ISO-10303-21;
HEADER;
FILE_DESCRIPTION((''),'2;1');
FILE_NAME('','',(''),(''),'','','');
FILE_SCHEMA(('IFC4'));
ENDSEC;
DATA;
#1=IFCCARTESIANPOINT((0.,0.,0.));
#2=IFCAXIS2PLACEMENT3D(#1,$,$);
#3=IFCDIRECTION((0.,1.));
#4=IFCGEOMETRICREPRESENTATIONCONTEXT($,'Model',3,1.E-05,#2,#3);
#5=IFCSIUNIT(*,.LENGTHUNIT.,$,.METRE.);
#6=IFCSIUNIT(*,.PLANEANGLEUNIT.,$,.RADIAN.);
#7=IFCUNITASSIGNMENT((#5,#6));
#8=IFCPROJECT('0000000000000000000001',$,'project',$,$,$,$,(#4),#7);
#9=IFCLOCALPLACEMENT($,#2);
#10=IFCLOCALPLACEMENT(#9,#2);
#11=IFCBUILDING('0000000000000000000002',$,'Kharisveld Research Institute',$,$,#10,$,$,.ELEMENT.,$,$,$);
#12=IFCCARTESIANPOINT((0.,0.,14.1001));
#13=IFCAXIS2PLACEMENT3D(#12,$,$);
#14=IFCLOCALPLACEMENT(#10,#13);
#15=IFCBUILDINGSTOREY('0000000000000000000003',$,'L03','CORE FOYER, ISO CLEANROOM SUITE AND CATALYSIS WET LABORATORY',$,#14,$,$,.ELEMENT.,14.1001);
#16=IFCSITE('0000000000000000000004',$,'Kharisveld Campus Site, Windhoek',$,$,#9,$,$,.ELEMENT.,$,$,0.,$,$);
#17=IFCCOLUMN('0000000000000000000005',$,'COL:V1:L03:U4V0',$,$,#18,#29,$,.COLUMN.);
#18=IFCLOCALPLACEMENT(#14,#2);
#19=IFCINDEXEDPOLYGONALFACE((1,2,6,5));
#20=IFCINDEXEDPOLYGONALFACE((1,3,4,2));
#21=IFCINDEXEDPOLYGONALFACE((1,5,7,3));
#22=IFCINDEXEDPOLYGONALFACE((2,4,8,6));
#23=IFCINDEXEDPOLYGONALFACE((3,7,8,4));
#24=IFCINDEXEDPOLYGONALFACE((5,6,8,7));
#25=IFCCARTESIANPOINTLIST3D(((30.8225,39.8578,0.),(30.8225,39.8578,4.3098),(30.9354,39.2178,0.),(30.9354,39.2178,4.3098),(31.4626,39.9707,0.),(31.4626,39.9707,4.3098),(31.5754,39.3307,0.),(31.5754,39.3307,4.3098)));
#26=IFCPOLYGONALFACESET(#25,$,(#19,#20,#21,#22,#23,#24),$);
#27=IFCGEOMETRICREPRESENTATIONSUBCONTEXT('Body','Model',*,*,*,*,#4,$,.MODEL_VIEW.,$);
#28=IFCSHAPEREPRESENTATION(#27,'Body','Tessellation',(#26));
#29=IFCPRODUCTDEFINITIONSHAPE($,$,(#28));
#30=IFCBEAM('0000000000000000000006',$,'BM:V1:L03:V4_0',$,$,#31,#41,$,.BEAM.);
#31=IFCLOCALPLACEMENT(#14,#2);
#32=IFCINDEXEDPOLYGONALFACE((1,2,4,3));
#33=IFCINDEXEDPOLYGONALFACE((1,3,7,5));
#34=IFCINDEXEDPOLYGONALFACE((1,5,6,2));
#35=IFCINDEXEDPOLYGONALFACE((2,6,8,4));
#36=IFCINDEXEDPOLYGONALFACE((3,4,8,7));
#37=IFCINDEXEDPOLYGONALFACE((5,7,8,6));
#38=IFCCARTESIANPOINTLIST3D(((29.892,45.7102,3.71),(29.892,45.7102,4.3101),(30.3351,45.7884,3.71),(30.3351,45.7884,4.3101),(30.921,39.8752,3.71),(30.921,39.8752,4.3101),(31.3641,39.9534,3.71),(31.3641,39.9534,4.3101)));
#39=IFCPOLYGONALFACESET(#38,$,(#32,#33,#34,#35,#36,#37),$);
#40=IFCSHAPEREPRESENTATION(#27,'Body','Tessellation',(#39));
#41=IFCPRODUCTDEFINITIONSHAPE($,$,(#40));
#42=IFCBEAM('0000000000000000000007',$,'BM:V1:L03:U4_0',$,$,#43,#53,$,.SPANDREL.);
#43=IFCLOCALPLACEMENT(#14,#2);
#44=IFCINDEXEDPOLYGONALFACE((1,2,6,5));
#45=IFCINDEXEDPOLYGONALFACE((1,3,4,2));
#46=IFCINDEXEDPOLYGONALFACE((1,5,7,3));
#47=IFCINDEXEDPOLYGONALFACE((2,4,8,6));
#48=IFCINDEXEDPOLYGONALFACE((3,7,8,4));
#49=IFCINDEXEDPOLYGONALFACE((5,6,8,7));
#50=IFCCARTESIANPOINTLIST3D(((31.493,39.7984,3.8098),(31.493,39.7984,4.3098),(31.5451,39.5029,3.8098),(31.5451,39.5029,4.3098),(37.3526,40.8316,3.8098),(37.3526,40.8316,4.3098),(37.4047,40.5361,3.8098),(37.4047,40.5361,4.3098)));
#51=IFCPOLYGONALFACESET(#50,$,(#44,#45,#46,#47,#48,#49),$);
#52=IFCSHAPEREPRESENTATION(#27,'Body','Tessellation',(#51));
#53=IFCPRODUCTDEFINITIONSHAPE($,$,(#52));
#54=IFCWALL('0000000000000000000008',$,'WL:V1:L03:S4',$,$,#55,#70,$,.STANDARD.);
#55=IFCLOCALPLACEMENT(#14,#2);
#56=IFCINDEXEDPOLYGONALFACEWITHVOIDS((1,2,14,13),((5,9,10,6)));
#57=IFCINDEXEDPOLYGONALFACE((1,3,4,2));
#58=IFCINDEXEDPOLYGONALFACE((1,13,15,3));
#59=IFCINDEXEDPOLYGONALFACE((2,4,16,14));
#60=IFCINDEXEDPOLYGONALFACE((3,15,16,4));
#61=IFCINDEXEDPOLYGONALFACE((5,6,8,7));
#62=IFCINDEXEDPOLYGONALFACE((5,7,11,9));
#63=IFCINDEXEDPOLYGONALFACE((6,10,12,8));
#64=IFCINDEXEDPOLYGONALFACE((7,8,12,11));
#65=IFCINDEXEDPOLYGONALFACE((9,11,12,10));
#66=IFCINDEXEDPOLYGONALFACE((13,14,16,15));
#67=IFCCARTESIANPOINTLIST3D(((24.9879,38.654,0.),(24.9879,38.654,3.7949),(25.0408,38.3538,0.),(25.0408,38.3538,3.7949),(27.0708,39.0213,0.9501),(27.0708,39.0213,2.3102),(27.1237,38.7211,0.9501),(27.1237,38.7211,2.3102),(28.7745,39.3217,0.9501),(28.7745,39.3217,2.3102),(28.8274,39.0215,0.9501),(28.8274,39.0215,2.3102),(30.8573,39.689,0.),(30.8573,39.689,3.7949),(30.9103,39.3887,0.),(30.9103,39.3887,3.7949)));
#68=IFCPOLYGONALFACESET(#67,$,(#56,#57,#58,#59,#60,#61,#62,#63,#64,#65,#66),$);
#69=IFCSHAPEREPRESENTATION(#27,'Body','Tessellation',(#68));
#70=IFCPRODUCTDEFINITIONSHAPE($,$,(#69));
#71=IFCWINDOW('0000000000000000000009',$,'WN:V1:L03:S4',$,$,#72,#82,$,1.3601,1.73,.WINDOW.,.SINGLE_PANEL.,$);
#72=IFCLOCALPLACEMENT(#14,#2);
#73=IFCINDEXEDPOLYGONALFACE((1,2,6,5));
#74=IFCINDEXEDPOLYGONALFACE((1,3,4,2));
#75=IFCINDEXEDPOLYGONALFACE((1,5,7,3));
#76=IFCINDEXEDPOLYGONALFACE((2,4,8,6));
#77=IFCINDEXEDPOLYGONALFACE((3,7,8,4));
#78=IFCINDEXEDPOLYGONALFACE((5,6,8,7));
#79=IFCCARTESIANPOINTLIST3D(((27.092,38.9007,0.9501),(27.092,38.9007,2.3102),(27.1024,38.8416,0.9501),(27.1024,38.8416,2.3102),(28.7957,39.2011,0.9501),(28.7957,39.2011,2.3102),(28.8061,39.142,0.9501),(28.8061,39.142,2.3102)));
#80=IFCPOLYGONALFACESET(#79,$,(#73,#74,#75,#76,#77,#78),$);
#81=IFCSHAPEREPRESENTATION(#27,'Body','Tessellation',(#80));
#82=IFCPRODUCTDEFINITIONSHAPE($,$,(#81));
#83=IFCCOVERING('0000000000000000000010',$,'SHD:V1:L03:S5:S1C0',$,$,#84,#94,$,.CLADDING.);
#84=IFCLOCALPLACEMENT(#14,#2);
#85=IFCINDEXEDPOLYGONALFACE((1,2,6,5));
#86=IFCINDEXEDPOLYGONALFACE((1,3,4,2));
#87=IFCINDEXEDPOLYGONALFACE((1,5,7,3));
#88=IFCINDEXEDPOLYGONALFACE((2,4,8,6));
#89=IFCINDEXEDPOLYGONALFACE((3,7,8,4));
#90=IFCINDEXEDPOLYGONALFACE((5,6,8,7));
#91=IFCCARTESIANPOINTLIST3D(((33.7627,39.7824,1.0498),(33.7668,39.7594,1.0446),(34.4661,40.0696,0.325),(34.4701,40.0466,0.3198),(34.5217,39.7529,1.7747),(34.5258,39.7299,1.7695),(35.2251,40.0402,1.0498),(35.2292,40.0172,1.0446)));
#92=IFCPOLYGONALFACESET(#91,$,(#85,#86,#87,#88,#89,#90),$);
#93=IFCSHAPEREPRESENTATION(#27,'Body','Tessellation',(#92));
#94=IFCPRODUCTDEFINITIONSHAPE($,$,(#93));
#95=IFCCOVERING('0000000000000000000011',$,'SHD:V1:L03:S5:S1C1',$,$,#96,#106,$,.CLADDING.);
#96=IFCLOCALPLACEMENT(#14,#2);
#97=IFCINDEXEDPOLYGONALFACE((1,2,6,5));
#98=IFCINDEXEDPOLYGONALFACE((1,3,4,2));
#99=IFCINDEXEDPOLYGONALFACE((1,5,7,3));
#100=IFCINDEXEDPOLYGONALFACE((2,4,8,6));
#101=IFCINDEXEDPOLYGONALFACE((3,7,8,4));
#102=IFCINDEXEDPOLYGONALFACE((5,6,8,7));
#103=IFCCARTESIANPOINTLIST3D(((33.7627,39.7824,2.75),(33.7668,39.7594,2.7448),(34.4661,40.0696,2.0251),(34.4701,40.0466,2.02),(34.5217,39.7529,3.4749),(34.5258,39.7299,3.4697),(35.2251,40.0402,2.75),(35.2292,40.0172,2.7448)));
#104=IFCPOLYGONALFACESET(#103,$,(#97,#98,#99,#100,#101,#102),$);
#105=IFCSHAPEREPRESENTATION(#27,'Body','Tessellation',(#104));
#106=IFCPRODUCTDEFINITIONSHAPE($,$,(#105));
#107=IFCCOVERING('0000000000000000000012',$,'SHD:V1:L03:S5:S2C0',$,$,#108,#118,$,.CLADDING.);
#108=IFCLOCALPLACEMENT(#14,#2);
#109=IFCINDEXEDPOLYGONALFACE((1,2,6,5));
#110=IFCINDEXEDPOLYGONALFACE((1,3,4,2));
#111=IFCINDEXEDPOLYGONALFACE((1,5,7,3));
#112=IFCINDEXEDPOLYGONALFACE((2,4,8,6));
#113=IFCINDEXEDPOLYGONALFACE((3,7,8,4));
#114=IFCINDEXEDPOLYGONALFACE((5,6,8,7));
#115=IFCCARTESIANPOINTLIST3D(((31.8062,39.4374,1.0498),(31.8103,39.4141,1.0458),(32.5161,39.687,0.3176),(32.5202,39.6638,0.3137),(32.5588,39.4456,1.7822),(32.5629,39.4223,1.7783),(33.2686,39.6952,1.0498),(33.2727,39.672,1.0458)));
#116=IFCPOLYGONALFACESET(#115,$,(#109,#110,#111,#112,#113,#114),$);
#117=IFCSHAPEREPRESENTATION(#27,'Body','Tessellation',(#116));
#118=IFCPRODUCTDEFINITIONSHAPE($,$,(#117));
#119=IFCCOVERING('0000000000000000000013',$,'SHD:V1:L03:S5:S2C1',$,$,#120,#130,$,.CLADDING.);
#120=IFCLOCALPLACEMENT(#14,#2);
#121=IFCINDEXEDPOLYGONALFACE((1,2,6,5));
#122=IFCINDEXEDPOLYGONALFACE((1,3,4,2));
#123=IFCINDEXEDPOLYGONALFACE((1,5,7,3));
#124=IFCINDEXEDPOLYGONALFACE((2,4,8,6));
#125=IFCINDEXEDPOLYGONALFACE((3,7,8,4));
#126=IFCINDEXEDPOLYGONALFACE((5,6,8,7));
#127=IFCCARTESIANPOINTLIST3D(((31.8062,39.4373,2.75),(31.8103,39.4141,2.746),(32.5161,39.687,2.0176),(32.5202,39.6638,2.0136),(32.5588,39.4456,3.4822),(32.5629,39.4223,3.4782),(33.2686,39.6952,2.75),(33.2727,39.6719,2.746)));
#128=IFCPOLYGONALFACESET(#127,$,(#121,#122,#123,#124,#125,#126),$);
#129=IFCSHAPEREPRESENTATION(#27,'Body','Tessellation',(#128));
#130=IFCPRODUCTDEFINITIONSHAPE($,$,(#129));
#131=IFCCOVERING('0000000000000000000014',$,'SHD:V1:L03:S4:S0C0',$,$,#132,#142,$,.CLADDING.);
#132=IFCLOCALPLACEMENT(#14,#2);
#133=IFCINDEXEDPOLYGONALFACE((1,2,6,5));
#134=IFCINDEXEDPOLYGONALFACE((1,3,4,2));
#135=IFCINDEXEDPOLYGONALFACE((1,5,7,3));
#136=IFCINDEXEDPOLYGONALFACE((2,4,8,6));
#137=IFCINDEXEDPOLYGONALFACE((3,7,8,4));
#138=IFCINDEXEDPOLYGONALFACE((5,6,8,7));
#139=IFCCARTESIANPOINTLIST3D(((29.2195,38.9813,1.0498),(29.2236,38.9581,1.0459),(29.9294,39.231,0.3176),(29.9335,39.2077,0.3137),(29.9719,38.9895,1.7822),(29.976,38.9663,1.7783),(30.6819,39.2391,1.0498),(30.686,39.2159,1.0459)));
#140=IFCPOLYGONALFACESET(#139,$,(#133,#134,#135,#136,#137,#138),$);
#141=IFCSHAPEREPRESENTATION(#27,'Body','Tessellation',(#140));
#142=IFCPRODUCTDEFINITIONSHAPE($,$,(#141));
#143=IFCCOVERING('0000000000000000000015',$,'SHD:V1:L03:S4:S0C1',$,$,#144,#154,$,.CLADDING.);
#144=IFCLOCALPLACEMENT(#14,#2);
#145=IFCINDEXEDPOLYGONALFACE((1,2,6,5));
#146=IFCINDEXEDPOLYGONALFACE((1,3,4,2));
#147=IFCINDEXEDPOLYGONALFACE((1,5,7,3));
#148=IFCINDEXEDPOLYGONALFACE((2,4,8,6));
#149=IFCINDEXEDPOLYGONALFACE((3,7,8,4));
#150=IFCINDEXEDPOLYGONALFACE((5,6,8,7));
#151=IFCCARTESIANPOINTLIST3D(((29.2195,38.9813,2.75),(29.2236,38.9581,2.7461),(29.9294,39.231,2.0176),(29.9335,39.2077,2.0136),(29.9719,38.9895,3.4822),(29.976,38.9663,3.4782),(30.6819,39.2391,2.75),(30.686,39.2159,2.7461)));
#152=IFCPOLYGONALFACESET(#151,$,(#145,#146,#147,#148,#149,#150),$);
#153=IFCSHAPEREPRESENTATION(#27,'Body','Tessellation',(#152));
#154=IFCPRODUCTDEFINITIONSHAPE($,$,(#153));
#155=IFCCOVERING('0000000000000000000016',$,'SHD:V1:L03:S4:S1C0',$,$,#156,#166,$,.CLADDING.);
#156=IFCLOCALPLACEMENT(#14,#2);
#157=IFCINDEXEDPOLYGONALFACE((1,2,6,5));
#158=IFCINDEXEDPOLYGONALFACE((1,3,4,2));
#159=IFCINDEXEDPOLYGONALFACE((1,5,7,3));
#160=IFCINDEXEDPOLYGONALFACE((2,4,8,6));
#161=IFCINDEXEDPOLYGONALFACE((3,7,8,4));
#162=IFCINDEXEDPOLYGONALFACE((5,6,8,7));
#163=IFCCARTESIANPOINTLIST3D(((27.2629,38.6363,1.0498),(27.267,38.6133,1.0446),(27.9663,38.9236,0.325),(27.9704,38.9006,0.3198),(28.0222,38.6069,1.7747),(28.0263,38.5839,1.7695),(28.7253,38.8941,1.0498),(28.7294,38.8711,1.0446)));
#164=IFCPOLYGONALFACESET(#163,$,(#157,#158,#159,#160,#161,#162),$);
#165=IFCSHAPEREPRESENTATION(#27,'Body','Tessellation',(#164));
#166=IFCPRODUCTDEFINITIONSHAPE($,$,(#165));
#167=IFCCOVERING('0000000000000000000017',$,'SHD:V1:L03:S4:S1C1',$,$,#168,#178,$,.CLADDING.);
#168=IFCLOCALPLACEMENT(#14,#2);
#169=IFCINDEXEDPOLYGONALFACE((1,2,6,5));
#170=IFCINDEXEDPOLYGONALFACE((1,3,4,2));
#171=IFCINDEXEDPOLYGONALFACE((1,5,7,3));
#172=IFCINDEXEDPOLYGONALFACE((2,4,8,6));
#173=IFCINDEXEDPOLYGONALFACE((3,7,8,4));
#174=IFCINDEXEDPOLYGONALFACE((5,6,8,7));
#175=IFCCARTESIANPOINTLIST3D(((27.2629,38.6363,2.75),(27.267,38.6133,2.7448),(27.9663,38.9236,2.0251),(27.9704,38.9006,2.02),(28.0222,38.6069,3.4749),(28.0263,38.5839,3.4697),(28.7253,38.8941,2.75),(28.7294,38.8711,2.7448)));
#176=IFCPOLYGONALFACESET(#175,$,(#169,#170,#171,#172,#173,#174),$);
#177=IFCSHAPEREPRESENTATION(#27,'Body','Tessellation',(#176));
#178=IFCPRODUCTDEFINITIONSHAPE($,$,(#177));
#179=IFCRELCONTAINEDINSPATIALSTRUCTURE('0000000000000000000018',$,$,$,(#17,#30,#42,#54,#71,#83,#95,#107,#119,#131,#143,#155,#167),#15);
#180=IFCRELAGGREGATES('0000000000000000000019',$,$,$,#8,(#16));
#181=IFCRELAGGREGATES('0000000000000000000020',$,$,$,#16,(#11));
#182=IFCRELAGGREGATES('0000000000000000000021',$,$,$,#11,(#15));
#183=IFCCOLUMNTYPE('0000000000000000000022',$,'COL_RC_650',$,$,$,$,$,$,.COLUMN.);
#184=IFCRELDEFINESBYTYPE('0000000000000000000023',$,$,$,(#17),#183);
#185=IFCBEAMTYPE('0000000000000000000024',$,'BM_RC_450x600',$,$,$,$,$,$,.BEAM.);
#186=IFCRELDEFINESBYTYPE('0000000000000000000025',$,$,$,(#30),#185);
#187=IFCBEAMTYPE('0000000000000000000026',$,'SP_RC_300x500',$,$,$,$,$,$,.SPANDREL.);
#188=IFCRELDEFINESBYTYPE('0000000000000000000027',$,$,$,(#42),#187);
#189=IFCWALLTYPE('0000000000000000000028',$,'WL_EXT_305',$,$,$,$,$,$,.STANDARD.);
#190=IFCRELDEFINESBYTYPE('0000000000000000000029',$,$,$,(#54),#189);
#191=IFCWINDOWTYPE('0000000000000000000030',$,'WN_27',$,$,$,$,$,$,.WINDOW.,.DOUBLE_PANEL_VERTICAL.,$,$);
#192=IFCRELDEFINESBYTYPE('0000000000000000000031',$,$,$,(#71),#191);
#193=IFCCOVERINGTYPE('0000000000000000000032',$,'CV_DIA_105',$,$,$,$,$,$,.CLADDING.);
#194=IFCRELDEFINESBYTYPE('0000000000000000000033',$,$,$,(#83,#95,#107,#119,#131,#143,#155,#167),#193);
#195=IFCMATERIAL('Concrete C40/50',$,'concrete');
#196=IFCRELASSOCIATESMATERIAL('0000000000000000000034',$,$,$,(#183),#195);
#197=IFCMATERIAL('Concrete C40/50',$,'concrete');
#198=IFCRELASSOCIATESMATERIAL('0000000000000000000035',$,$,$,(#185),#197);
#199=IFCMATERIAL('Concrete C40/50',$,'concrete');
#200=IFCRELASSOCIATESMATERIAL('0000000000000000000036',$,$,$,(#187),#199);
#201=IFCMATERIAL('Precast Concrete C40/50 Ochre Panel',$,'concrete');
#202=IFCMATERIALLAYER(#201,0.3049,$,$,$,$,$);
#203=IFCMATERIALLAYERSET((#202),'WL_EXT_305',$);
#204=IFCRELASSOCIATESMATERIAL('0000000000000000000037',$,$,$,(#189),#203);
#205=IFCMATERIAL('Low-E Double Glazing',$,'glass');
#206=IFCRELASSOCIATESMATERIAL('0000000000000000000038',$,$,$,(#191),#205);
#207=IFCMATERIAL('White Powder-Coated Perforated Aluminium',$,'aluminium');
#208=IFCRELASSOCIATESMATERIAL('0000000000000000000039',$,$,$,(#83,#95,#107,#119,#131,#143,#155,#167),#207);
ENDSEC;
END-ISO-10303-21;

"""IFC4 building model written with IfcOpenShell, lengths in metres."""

from ifc_helpers import new_model, si_unit, direction, frame, frame_2d, origin, origin_2d, place, context, subcontext, project, spatial, polyline, rectangle, outline, extrude, material, layer, layer_set, material_profile, profile_set, type_object, element, fill, save


model = new_model("IFC4")

# Units and contexts
model_context = context("Model", 3, precision=1e-05, world=origin(), true_north=direction((0.0, 1.0)))
body_context = subcontext(model_context, "Body", "Model", "MODEL_VIEW")
ifc_project = project(units=[si_unit("LENGTHUNIT", "METRE"), si_unit("PLANEANGLEUNIT", "RADIAN")], contexts=[model_context])

# Site, building, storey
site_placement = place(None, origin())
site = spatial("IfcSite", under=ifc_project, at=site_placement, Name="Kharisveld Campus Site, Windhoek", CompositionType="ELEMENT", RefElevation=0.0)
building_placement = place(site_placement, origin())
building = spatial("IfcBuilding", under=site, at=building_placement, Name="Kharisveld Research Institute", CompositionType="ELEMENT")
storey_placement = place(building_placement, frame((0.0, 0.0, 14.1001)))
storey = spatial("IfcBuildingStorey", under=building, at=storey_placement, Name="L03", Description="CORE FOYER, ISO CLEANROOM SUITE AND CATALYSIS WET LABORATORY", CompositionType="ELEMENT", Elevation=14.1001)

# Column
ifc_material_1 = material(Name="Concrete C40/50", Category="concrete")
ifc_material_profile_1 = material_profile(ifc_material_1, rectangle(XDim=0.6499, YDim=0.6499, at=origin_2d()))
ifc_profile_set_1 = profile_set([ifc_material_profile_1], Name="Concrete C40/50")
column_type = type_object("IfcColumnType", Name="COL_RC_650", PredefinedType="COLUMN", material=ifc_profile_set_1)
column_placement = place(storey_placement, frame((31.199, 39.5942, 0.0), z_axis=(0.0, 0.0, 1.0), x_axis=(0.984808, 0.173648, 0.0)))
element("IfcColumn", 1, at=column_placement, inside=storey, type_object=column_type, Name="COL:V1:L03:U4V0", PredefinedType="COLUMN", context=body_context, shape_type="SweptSolid", body=[
    extrude(rectangle(XDim=0.6499, YDim=0.6499, at=origin_2d()), origin(), (0.0, 0.0, 1.0), 4.3098),
])

# Beams
ifc_material_2 = material(Name="Concrete C40/50", Category="concrete")
ifc_material_profile_2 = material_profile(ifc_material_2, rectangle(XDim=0.45, YDim=0.6001, at=origin_2d()))
ifc_profile_set_2 = profile_set([ifc_material_profile_2], Name="Concrete C40/50")
beam_type_1 = type_object("IfcBeamType", Name="BM_RC_450x600", PredefinedType="BEAM", material=ifc_profile_set_2)
beam_1_placement = place(storey_placement, frame((31.1426, 39.9143, 4.01), z_axis=(-0.17368, 0.984802, 0.0), x_axis=(-0.984802, -0.17368, 0.0)))
element("IfcBeam", 2, at=beam_1_placement, inside=storey, type_object=beam_type_1, Name="BM:V1:L03:V4_0", PredefinedType="BEAM", context=body_context, shape_type="SweptSolid", body=[
    extrude(rectangle(XDim=0.45, YDim=0.6001, at=origin_2d()), origin(), (0.0, 0.0, 1.0), 5.925),
])
ifc_material_3 = material(Name="Concrete C40/50", Category="concrete")
ifc_material_profile_3 = material_profile(ifc_material_3, rectangle(XDim=0.3, YDim=0.5, at=origin_2d()))
ifc_profile_set_3 = profile_set([ifc_material_profile_3], Name="Concrete C40/50")
beam_type_2 = type_object("IfcBeamType", Name="SP_RC_300x500", PredefinedType="SPANDREL", material=ifc_profile_set_3)
beam_2_placement = place(storey_placement, frame((31.519, 39.6506, 4.0598), z_axis=(0.984808, 0.173647, 0.0), x_axis=(-0.173647, 0.984808, 0.0)))
element("IfcBeam", 3, at=beam_2_placement, inside=storey, type_object=beam_type_2, Name="BM:V1:L03:U4_0", PredefinedType="SPANDREL", context=body_context, shape_type="SweptSolid", body=[
    extrude(rectangle(XDim=0.3, YDim=0.5, at=origin_2d()), origin(), (0.0, 0.0, 1.0), 5.95),
])

# Wall, opening, window
ifc_material_4 = material(Name="Precast Concrete C40/50 Ochre Panel", Category="concrete")
ifc_layer = layer(ifc_material_4, 0.3049)
ifc_layer_set = layer_set([ifc_layer], Name="WL_EXT_305")
wall_type = type_object("IfcWallType", Name="WL_EXT_305", PredefinedType="STANDARD", material=ifc_layer_set)
wall_placement = place(storey_placement, frame((30.8838, 39.5388, 0.0), z_axis=(0.0, 0.0, 1.0), x_axis=(-0.984808, -0.173645, 0.0)))
wall = element("IfcWall", 4, at=wall_placement, inside=storey, type_object=wall_type, Name="WL:V1:L03:S4", PredefinedType="STANDARD", context=body_context, shape_type="SweptSolid", body=[
    extrude(rectangle(XDim=5.96, YDim=0.3049, at=frame_2d((2.98, 0.0))), origin(), (0.0, 0.0, 1.0), 3.7949),
])
opening_placement = place(wall_placement, frame((2.115, 0.0, 0.95)))
opening = element("IfcOpeningElement", 5, at=opening_placement, cuts=wall, PredefinedType="OPENING", context=body_context, shape_type="SweptSolid", body=[
    extrude(rectangle(XDim=1.73, YDim=1.3601, at=frame_2d((0.865, 0.6802))), frame((0.0, 0.1523, 0.0), z_axis=(0.0, -1.0, 0.0), x_axis=(1.0, 0.0, 0.0)), (0.0, 0.0, 1.0), 0.3049),
])
ifc_material_5 = material(Name="Low-E Double Glazing", Category="glass")
window_type = type_object("IfcWindowType", Name="WN_27", PartitioningType="DOUBLE_PANEL_VERTICAL", PredefinedType="WINDOW", material=ifc_material_5)
window_placement = place(opening_placement, origin())
window = element("IfcWindow", 6, at=window_placement, inside=storey, type_object=window_type, Name="WN:V1:L03:S4", OverallHeight=1.3601, OverallWidth=1.73, PartitioningType="SINGLE_PANEL", PredefinedType="WINDOW", context=body_context, shape_type="SweptSolid", body=[
    extrude(rectangle(XDim=1.73, YDim=1.3601, at=frame_2d((0.865, 0.6802))), frame((0.0, 0.03, 0.0), z_axis=(0.0, -1.0, 0.0), x_axis=(1.0, 0.0, 0.0)), (0.0, 0.0, 1.0), 0.0601),
])
fill(opening, window)

# Coverings
ifc_material_6 = material(Name="White Powder-Coated Perforated Aluminium", Category="aluminium")
covering_type = type_object("IfcCoveringType", Name="CV_DIA_105", PredefinedType="CLADDING")
for number, where, z_axis, x_axis, name in (
    (7, (34.4661, 40.0696, 0.325), (-0.169498, 0.961453, 0.216512), (-0.669834, -0.273536, 0.69029), "SHD:V1:L03:S5:S1C0"),
    (8, (34.4661, 40.0696, 2.0251), (-0.169498, 0.961453, 0.216512), (-0.669834, -0.273536, 0.69029), "SHD:V1:L03:S5:S1C1"),
):
    element("IfcCovering", number, at=place(storey_placement, frame(where, z_axis=z_axis, x_axis=x_axis)), inside=storey, type_object=covering_type, material=ifc_material_6, Name=name, PredefinedType="CLADDING", context=body_context, shape_type="SweptSolid", body=[
        extrude(outline(polyline([(0.0, 0.0), (1.05, 0.0), (1.05, 1.05), (-0.0001, 1.05), (0.0, 0.0)])), origin(), (0.0, 0.0, -1.0), 0.0239),
    ])
covering_1_placement = place(storey_placement, frame((32.5161, 39.687, 0.3176), z_axis=(-0.171233, 0.971295, 0.165124), x_axis=(-0.676169, -0.237753, 0.69733)))
element("IfcCovering", 9, at=covering_1_placement, inside=storey, type_object=covering_type, material=ifc_material_6, Name="SHD:V1:L03:S5:S2C0", PredefinedType="CLADDING", context=body_context, shape_type="SweptSolid", body=[
    extrude(outline(polyline([(0.0, 0.0), (1.0499, 0.0), (1.0498, 1.0503), (-0.0002, 1.0499), (0.0, 0.0)])), origin(), (0.0, 0.0, -1.0), 0.0239),
])
covering_2_placement = place(storey_placement, frame((32.5161, 39.687, 2.0176), z_axis=(-0.171233, 0.971295, 0.165124), x_axis=(-0.676053, -0.237752, 0.697443)))
element("IfcCovering", 10, at=covering_2_placement, inside=storey, type_object=covering_type, material=ifc_material_6, Name="SHD:V1:L03:S5:S2C1", PredefinedType="CLADDING", context=body_context, shape_type="SweptSolid", body=[
    extrude(outline(polyline([(0.0, 0.0), (1.0501, 0.0), (1.05, 1.0501), (0.0002, 1.0501), (0.0, 0.0)])), origin(), (0.0, 0.0, -1.0), 0.0239),
])
covering_3_placement = place(storey_placement, frame((29.9294, 39.231, 0.3176), z_axis=(-0.171234, 0.971299, 0.165096), x_axis=(-0.676174, -0.237734, 0.697332)))
element("IfcCovering", 11, at=covering_3_placement, inside=storey, type_object=covering_type, material=ifc_material_6, Name="SHD:V1:L03:S4:S0C0", PredefinedType="CLADDING", context=body_context, shape_type="SweptSolid", body=[
    extrude(outline(polyline([(0.0, 0.0), (1.05, 0.0), (1.05, 1.0501), (-0.0001, 1.0499), (0.0, 0.0)])), origin(), (0.0, 0.0, -1.0), 0.0239),
])
covering_4_placement = place(storey_placement, frame((29.9294, 39.231, 2.0176), z_axis=(-0.171234, 0.971299, 0.165096), x_axis=(-0.676058, -0.237732, 0.697445)))
element("IfcCovering", 12, at=covering_4_placement, inside=storey, type_object=covering_type, material=ifc_material_6, Name="SHD:V1:L03:S4:S0C1", PredefinedType="CLADDING", context=body_context, shape_type="SweptSolid", body=[
    extrude(outline(polyline([(0.0, 0.0), (1.0502, 0.0), (1.0502, 1.0499), (0.0002, 1.0501), (0.0, 0.0)])), origin(), (0.0, 0.0, -1.0), 0.0239),
])
for number, where, z_axis, x_axis, name in (
    (13, (27.9663, 38.9236, 0.325), (-0.169497, 0.961447, 0.21654), (-0.669826, -0.273555, 0.69029), "SHD:V1:L03:S4:S1C0"),
    (14, (27.9663, 38.9236, 2.0251), (-0.169497, 0.961447, 0.21654), (-0.669826, -0.273555, 0.69029), "SHD:V1:L03:S4:S1C1"),
):
    element("IfcCovering", number, at=place(storey_placement, frame(where, z_axis=z_axis, x_axis=x_axis)), inside=storey, type_object=covering_type, material=ifc_material_6, Name=name, PredefinedType="CLADDING", context=body_context, shape_type="SweptSolid", body=[
        extrude(outline(polyline([(0.0, 0.0), (1.0501, 0.0), (1.0499, 1.0501), (0.0, 1.05), (0.0, 0.0)])), origin(), (0.0, 0.0, -1.0), 0.0239),
    ])

save(model, "model.ifc")
